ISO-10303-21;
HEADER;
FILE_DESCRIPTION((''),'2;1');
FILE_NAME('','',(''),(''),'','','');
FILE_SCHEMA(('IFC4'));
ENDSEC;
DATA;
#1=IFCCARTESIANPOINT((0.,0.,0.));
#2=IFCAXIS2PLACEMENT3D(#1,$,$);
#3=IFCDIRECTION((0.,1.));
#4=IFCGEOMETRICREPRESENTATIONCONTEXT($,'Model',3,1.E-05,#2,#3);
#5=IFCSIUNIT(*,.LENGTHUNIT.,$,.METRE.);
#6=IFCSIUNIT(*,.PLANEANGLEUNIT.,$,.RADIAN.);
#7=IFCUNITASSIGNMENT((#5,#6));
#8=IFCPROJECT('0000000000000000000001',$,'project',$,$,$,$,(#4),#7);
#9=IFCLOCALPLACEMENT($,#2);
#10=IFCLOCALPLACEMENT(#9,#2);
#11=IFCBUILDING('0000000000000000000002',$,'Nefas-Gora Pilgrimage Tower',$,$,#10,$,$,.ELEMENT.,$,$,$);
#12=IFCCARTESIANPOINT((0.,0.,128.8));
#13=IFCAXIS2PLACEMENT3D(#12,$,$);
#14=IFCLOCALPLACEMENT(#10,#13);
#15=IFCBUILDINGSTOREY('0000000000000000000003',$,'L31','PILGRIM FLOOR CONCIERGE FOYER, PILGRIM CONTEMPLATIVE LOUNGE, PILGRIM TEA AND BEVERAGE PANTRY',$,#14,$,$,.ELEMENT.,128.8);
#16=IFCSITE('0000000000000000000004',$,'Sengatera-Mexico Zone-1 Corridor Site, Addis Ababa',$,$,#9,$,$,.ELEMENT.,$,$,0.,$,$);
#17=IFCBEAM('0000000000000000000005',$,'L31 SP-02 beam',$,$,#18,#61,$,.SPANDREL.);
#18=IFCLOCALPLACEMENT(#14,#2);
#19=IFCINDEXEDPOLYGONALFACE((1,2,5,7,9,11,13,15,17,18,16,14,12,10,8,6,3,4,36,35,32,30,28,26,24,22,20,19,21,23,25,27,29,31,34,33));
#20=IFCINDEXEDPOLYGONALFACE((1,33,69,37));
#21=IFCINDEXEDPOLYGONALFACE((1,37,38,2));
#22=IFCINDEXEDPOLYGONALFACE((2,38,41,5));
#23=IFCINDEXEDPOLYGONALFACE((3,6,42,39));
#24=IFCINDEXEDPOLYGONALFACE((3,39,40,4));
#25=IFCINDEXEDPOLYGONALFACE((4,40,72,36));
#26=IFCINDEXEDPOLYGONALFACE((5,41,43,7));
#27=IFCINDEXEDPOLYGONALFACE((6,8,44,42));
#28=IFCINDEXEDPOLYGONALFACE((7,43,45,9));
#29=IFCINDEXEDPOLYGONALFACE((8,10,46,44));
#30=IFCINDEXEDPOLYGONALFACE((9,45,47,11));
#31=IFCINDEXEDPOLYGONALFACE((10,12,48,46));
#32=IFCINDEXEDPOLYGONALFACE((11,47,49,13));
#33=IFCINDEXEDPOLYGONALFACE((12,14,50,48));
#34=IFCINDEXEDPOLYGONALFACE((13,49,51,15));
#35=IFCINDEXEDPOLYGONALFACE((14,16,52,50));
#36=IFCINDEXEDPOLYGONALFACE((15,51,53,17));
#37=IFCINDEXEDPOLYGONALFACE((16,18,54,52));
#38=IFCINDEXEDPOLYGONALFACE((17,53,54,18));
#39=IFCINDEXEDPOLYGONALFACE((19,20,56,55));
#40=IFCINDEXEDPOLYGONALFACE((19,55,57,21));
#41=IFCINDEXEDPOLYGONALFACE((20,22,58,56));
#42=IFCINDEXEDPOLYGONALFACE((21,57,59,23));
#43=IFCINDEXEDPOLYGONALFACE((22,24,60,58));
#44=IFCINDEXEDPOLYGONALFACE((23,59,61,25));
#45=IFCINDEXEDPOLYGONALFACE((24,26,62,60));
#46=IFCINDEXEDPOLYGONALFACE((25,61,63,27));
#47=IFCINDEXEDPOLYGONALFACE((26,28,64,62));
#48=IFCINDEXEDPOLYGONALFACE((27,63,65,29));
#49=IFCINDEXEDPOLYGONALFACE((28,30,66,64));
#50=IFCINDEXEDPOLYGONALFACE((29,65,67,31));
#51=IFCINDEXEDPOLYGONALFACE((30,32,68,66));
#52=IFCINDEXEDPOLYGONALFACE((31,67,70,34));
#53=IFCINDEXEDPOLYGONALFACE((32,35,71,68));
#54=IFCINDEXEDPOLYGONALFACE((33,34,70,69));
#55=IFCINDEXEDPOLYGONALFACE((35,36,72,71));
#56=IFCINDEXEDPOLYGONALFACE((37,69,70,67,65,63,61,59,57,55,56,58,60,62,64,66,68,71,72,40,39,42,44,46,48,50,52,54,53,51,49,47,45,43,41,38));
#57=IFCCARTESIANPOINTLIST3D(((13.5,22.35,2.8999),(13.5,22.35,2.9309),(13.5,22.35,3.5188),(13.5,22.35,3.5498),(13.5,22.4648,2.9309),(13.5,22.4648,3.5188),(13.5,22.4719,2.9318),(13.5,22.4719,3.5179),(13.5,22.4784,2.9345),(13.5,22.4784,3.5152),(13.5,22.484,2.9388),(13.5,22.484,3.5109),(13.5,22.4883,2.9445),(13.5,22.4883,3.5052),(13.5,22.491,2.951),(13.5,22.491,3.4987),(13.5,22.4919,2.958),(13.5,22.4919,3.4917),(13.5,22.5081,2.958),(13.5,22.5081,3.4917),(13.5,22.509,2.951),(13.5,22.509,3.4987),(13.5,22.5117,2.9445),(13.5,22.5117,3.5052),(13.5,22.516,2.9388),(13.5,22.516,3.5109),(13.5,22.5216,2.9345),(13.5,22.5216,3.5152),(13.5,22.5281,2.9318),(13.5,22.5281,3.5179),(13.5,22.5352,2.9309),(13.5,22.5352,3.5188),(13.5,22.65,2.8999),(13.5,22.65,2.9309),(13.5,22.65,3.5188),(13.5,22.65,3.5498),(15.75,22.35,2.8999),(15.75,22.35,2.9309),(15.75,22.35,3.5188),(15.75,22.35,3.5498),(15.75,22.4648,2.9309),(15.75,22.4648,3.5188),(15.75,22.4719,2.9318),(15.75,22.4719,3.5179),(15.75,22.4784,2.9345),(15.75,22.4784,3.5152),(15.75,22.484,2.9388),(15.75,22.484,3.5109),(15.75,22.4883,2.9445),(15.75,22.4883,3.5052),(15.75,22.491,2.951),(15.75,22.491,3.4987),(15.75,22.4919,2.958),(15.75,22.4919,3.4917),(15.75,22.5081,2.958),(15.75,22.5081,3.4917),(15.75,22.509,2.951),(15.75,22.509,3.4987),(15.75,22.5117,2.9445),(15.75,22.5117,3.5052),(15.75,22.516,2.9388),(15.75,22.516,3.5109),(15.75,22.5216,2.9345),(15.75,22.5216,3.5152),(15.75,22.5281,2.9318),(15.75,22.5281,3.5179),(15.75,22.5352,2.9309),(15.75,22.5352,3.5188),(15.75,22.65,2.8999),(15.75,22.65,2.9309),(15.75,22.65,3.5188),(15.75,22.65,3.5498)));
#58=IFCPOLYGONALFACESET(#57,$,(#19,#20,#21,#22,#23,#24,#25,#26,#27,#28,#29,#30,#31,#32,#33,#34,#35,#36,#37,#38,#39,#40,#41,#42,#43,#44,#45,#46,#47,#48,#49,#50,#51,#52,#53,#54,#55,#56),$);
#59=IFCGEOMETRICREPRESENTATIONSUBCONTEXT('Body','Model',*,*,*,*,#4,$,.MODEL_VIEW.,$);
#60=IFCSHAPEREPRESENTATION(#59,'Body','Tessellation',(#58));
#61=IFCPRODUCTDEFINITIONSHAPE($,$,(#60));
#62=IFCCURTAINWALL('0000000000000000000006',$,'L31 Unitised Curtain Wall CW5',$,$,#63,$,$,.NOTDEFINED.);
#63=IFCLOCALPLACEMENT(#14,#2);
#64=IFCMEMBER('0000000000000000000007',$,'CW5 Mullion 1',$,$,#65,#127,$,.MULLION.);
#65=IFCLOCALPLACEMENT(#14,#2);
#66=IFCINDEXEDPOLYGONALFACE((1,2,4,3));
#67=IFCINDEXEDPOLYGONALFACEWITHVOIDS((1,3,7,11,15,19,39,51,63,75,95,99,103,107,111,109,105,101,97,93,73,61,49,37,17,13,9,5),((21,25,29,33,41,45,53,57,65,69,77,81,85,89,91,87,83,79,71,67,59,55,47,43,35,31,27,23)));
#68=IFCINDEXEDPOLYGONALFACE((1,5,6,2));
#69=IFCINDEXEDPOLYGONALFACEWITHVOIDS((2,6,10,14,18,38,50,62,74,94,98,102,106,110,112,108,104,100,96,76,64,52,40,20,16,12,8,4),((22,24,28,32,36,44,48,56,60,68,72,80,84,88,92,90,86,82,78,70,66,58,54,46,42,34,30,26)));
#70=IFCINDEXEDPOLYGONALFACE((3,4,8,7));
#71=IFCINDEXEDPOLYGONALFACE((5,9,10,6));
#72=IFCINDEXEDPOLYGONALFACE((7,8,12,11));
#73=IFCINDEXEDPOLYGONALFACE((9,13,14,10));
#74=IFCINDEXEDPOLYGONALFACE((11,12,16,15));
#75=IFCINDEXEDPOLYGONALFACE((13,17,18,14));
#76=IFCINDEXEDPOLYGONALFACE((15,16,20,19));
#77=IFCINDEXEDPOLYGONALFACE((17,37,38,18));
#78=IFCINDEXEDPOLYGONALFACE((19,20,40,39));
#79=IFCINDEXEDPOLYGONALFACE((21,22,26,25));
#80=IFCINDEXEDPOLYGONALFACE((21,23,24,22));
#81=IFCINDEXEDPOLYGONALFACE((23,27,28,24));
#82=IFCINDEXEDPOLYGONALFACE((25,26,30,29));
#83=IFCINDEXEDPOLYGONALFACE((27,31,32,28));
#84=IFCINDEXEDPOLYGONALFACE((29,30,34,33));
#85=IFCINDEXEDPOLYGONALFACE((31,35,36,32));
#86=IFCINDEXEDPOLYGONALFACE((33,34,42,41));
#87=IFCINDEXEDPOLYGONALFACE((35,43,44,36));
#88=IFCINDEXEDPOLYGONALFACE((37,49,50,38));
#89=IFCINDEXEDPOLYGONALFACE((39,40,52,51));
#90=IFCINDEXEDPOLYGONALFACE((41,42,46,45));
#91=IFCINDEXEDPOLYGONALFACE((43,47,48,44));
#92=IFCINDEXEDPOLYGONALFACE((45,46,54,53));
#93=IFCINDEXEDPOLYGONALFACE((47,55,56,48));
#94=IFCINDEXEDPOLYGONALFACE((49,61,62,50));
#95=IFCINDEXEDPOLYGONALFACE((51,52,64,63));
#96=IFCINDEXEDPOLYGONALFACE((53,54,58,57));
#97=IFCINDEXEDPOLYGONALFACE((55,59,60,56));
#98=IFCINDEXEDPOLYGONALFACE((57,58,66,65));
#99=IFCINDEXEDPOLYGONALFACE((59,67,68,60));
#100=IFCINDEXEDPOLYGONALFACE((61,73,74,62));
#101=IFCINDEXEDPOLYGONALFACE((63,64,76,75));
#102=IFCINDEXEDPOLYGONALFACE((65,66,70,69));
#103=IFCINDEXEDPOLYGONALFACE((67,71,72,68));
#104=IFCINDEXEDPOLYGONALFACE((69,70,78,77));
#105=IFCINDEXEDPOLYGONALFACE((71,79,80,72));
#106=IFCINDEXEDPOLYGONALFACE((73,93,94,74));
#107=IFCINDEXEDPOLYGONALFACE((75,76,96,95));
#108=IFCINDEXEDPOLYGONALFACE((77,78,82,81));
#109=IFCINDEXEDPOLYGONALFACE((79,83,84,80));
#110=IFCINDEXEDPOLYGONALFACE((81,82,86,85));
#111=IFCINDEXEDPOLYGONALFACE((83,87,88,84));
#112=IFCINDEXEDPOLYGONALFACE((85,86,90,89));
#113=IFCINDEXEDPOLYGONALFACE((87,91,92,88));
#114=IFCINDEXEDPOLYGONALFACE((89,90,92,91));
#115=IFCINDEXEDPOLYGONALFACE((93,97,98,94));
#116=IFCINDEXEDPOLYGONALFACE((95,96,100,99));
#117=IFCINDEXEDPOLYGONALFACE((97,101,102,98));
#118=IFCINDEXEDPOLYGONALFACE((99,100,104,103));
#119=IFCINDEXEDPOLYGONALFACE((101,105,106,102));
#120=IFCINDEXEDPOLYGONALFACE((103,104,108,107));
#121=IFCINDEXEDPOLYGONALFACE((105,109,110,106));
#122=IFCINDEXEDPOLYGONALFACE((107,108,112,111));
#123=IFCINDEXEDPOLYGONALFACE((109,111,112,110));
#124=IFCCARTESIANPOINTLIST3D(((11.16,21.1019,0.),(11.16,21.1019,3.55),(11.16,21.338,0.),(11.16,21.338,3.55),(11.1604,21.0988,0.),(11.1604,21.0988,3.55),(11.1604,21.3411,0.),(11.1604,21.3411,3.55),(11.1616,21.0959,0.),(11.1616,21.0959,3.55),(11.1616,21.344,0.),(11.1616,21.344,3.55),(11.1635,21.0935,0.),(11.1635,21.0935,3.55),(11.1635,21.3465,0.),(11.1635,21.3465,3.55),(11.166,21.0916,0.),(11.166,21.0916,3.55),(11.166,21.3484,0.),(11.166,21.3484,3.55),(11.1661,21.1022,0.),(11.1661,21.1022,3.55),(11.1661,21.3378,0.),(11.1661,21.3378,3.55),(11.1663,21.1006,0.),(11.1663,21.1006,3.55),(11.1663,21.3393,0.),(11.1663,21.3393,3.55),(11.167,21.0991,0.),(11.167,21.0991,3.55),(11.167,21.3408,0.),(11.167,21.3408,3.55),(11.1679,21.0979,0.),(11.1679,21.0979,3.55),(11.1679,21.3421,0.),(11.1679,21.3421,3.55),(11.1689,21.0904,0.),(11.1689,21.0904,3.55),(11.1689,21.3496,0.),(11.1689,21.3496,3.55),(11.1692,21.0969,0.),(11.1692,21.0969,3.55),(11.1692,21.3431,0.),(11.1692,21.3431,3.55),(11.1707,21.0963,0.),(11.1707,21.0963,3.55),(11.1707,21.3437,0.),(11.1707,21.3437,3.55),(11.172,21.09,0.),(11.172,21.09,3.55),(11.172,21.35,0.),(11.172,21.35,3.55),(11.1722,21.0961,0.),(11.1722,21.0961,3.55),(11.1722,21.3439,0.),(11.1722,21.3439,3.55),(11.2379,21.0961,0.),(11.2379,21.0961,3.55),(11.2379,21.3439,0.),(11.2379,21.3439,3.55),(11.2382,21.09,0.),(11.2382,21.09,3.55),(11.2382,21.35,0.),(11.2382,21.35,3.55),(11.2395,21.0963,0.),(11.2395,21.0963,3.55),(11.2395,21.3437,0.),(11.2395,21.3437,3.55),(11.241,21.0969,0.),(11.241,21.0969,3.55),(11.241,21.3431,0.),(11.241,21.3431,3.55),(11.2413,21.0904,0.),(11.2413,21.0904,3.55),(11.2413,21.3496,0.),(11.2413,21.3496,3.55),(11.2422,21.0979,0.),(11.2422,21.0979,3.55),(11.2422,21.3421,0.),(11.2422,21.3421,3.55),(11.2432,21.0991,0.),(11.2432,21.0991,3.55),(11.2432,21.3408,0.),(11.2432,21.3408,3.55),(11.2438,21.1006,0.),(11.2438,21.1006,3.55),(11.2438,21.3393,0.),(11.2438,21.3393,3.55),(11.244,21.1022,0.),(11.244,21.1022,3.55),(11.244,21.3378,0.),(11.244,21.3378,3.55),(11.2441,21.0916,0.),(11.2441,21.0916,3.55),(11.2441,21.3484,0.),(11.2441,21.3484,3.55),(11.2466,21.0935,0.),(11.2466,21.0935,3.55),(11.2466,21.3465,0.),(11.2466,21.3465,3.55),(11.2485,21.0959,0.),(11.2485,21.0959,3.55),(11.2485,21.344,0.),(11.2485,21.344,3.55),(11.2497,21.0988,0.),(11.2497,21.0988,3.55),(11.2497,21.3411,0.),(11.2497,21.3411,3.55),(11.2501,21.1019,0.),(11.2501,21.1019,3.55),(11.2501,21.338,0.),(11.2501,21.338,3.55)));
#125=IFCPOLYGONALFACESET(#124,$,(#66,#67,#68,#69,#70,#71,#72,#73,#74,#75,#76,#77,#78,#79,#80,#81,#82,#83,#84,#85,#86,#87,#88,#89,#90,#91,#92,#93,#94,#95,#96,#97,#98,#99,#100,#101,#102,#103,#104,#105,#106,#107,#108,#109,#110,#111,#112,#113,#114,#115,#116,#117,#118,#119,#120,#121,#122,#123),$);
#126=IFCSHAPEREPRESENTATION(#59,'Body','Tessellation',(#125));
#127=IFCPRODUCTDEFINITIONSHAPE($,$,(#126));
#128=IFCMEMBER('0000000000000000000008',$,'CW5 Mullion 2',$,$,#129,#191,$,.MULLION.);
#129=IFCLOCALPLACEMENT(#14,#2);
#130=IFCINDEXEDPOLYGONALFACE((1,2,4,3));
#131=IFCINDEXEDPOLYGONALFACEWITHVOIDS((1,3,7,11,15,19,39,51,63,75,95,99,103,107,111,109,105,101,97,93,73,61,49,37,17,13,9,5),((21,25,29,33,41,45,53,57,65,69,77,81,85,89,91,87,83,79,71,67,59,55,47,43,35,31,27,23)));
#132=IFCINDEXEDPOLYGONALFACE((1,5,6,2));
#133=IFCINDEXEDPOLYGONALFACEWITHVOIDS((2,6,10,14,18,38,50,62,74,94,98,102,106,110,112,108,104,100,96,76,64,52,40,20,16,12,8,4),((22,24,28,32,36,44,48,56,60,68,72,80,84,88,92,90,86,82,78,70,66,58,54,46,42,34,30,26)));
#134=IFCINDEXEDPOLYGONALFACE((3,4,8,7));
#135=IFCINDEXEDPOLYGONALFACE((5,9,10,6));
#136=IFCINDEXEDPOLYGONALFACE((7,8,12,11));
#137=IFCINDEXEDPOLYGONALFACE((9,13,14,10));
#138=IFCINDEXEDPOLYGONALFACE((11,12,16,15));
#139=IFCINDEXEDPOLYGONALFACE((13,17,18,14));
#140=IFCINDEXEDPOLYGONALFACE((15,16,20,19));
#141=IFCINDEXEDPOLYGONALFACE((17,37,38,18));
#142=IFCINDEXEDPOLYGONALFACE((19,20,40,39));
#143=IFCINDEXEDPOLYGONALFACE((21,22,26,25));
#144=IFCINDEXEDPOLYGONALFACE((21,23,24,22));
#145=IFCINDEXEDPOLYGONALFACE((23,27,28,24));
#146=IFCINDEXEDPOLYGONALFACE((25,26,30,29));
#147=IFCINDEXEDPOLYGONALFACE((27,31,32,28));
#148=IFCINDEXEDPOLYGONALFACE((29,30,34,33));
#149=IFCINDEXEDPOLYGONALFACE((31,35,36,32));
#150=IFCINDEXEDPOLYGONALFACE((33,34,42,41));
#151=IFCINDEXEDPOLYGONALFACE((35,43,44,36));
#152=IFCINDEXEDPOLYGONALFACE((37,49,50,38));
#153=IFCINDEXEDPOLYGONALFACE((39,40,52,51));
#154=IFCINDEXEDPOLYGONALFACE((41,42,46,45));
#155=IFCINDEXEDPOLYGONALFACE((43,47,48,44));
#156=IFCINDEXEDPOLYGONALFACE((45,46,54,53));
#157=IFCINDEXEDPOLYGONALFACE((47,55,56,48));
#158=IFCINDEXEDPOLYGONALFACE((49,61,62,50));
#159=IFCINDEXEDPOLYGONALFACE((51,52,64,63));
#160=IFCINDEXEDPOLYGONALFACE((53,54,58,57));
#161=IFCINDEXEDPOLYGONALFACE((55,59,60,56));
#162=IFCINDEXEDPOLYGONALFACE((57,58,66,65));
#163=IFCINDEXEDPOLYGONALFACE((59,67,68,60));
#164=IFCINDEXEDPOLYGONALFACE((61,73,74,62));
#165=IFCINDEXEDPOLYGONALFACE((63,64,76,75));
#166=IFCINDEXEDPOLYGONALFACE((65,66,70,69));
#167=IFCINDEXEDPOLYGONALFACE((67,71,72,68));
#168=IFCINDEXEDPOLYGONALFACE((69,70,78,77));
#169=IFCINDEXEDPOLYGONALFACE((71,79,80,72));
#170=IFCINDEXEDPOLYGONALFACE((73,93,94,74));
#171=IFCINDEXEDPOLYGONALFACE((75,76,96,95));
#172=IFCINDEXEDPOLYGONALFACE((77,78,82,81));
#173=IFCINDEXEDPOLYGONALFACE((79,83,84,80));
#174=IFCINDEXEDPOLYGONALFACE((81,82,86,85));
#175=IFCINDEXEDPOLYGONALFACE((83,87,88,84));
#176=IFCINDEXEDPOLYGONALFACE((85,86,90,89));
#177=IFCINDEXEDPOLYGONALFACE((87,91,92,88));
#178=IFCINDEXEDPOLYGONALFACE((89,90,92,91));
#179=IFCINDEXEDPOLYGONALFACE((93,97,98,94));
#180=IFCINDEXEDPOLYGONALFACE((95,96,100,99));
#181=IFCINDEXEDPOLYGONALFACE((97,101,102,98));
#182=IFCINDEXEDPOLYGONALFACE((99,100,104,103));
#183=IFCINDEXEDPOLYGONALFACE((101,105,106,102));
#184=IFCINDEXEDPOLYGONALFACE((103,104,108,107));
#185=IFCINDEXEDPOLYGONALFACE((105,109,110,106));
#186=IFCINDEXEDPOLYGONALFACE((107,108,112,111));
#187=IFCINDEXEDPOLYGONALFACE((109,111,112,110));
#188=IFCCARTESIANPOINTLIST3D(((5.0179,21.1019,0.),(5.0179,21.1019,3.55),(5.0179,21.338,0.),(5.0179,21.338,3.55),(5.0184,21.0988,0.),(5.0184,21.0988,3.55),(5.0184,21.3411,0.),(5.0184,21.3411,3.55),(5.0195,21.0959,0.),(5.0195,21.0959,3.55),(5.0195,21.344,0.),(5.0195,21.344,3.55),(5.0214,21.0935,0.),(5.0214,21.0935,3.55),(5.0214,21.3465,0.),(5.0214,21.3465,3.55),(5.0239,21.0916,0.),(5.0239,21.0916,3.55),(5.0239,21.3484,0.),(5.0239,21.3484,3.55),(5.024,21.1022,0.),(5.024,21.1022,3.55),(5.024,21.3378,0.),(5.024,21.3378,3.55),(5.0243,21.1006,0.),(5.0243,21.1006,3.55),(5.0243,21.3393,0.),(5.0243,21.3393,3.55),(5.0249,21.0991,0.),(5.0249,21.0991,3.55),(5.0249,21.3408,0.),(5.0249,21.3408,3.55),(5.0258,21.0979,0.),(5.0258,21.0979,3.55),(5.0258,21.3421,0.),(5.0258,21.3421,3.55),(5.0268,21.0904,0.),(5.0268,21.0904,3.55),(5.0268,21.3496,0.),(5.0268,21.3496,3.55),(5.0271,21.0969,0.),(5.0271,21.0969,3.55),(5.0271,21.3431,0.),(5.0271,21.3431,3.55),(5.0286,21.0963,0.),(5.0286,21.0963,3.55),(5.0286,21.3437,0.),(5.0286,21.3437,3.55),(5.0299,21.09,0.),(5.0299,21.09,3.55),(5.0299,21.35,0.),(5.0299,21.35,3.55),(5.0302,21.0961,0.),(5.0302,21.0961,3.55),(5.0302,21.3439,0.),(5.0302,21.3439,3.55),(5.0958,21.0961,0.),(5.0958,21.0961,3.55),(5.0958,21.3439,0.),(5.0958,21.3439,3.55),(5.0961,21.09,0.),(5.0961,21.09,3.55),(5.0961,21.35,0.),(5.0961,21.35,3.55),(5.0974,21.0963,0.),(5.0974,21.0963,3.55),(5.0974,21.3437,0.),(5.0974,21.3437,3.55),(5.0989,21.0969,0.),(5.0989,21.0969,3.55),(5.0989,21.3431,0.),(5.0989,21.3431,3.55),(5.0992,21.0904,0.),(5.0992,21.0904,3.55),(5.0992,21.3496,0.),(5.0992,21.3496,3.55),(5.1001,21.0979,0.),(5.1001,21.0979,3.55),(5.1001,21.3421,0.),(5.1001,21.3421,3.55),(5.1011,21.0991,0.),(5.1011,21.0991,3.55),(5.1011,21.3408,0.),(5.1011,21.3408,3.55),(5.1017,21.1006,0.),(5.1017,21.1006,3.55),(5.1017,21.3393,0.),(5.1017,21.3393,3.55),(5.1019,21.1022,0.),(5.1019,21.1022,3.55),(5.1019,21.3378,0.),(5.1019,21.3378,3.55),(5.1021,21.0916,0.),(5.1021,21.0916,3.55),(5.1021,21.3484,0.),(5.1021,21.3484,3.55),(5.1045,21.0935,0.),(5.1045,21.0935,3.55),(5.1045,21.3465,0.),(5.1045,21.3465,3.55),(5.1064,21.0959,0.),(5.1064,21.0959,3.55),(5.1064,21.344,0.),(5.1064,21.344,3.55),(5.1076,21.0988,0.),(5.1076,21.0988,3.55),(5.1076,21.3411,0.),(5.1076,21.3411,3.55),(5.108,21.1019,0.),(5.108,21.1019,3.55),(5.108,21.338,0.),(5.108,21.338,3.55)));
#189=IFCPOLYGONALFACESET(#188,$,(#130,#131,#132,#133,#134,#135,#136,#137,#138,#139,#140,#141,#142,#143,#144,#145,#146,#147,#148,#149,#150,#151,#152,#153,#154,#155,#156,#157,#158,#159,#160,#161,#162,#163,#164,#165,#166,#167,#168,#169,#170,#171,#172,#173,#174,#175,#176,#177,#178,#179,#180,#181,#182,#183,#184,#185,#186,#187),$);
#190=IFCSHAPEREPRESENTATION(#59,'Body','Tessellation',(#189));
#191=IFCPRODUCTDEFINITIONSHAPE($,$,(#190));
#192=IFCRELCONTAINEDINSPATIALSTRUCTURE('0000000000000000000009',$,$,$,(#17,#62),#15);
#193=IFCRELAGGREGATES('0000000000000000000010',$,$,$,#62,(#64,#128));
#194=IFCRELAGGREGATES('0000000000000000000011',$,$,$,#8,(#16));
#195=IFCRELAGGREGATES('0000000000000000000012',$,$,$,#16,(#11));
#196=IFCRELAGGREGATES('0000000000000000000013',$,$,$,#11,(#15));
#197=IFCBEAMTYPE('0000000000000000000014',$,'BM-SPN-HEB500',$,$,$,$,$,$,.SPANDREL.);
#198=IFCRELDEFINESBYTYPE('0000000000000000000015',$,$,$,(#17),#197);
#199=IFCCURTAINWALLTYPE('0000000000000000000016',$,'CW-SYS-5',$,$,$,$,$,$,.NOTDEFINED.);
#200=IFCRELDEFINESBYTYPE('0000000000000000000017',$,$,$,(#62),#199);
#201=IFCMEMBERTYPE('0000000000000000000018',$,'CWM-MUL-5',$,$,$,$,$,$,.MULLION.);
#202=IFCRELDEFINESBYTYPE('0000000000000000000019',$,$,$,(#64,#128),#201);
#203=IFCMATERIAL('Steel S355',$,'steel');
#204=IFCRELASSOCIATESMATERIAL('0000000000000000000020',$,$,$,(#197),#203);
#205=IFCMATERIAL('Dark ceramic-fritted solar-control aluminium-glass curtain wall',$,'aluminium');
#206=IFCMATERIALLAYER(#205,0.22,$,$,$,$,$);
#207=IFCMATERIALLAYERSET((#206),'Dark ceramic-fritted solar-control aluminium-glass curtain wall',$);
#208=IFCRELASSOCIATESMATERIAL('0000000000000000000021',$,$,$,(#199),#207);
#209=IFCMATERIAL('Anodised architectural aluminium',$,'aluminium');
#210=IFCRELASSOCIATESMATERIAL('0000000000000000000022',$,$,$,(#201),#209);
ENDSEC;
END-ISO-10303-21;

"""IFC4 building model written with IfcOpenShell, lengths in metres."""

from ifc_helpers import new_model, si_unit, direction, frame, origin, origin_2d, place, context, subcontext, project, spatial, hollow_rectangle, i_section, extrude, source, transform, mapped, material, layer, layer_set, material_profile, profile_set, type_object, element, aggregate, save


model = new_model("IFC4")

# Units and contexts
model_context = context("Model", 3, precision=1e-05, world=origin(), true_north=direction((0.0, 1.0)))
body_context = subcontext(model_context, "Body", "Model", "MODEL_VIEW")
ifc_project = project(units=[si_unit("LENGTHUNIT", "METRE"), si_unit("PLANEANGLEUNIT", "RADIAN")], contexts=[model_context])

# Site, building, storey
site_placement = place(None, origin())
site = spatial("IfcSite", under=ifc_project, at=site_placement, Name="Sengatera-Mexico Zone-1 Corridor Site, Addis Ababa", CompositionType="ELEMENT", RefElevation=0.0)
building_placement = place(site_placement, origin())
building = spatial("IfcBuilding", under=site, at=building_placement, Name="Nefas-Gora Pilgrimage Tower", CompositionType="ELEMENT")
storey_placement = place(building_placement, frame((0.0, 0.0, 128.8)))
storey = spatial("IfcBuildingStorey", under=building, at=storey_placement, Name="L31", Description="PILGRIM FLOOR CONCIERGE FOYER, PILGRIM CONTEMPLATIVE LOUNGE, PILGRIM TEA AND BEVERAGE PANTRY", CompositionType="ELEMENT", Elevation=128.8)

# Beam
ifc_material_1 = material(Name="Steel S355", Category="steel")
ifc_material_profile_1 = material_profile(ifc_material_1, i_section(OverallWidth=0.3, OverallDepth=0.6499, WebThickness=0.0161, FlangeThickness=0.031, FilletRadius=0.0271, at=origin_2d()), Name="HEB 650")
ifc_profile_set_1 = profile_set([ifc_material_profile_1], Name="Steel S355")
beam_type_1 = type_object("IfcBeamType", Name="BM-SPN-HEB500", PredefinedType="SPANDREL", material=ifc_profile_set_1)
shared_shape_1 = source(origin(), body_context, "Body", "SweptSolid", [
    extrude(i_section(OverallWidth=0.3, OverallDepth=0.6499, WebThickness=0.0161, FlangeThickness=0.031, FilletRadius=0.0271, at=origin_2d()), origin(), (0.0, 0.0, 1.0), 2.25),
])
beam_1_placement = place(storey_placement, frame((13.5, 22.5, 3.2249), z_axis=(1.0, 0.0, 0.0), x_axis=(0.0, 1.0, 0.0)))
element("IfcBeam", 1, at=beam_1_placement, inside=storey, type_object=beam_type_1, Name="L31 SP-02 beam", PredefinedType="SPANDREL", context=body_context, shape_type="MappedRepresentation", body=[
    mapped(shared_shape_1, transform((0.0, 0.0, 0.0), x_axis=(1.0, 0.0, 0.0), y_axis=(0.0, 1.0, 0.0), z_axis=(0.0, 0.0, 1.0), scale=1.0)),
])

# Curtain wall, members
ifc_material_2 = material(Name="Dark ceramic-fritted solar-control aluminium-glass curtain wall", Category="aluminium")
ifc_layer_1 = layer(ifc_material_2, 0.22)
ifc_layer_set_1 = layer_set([ifc_layer_1], Name="Dark ceramic-fritted solar-control aluminium-glass curtain wall")
curtain_wall_type_1 = type_object("IfcCurtainWallType", Name="CW-SYS-5", PredefinedType="NOTDEFINED", material=ifc_layer_set_1)
curtain_wall_1_placement = place(storey_placement, origin())
curtain_wall_1 = element("IfcCurtainWall", 2, at=curtain_wall_1_placement, inside=storey, type_object=curtain_wall_type_1, Name="L31 Unitised Curtain Wall CW5", PredefinedType="NOTDEFINED")
ifc_material_3 = material(Name="Anodised architectural aluminium", Category="aluminium")
ifc_material_profile_2 = material_profile(ifc_material_3, hollow_rectangle(XDim=0.0901, YDim=0.26, WallThickness=0.0061, InnerFilletRadius=0.0061, OuterFilletRadius=0.012, at=origin_2d()), Name="ALU MULLION 90x260")
ifc_profile_set_2 = profile_set([ifc_material_profile_2], Name="Anodised architectural aluminium")
member_type_1 = type_object("IfcMemberType", Name="CWM-MUL-5", PredefinedType="MULLION", material=ifc_profile_set_2)
shared_shape_2 = source(origin(), body_context, "Body", "SweptSolid", [
    extrude(hollow_rectangle(XDim=0.0901, YDim=0.26, WallThickness=0.0061, InnerFilletRadius=0.0061, OuterFilletRadius=0.012, at=origin_2d()), origin(), (0.0, 0.0, 1.0), 3.55),
])
member_1_placement = place(storey_placement, frame((11.2051, 21.22, 0.0), z_axis=(0.0, 0.0, 1.0), x_axis=(-1.0, 0.0, 0.0)))
member_1 = element("IfcMember", 3, at=member_1_placement, type_object=member_type_1, Name="CW5 Mullion 1", PredefinedType="MULLION", context=body_context, shape_type="MappedRepresentation", body=[
    mapped(shared_shape_2, transform((0.0, 0.0, 0.0), x_axis=(1.0, 0.0, 0.0), y_axis=(0.0, 1.0, 0.0), z_axis=(0.0, 0.0, 1.0), scale=1.0)),
])
member_2_placement = place(storey_placement, frame((5.063, 21.22, 0.0), z_axis=(0.0, 0.0, 1.0), x_axis=(-1.0, 0.0, 0.0)))
member_2 = element("IfcMember", 4, at=member_2_placement, type_object=member_type_1, Name="CW5 Mullion 2", PredefinedType="MULLION", context=body_context, shape_type="MappedRepresentation", body=[
    mapped(shared_shape_2, transform((0.0, 0.0, 0.0), x_axis=(1.0, 0.0, 0.0), y_axis=(0.0, 1.0, 0.0), z_axis=(0.0, 0.0, 1.0), scale=1.0)),
])

aggregate(curtain_wall_1, [member_1, member_2])

save(model, "model.ifc")
